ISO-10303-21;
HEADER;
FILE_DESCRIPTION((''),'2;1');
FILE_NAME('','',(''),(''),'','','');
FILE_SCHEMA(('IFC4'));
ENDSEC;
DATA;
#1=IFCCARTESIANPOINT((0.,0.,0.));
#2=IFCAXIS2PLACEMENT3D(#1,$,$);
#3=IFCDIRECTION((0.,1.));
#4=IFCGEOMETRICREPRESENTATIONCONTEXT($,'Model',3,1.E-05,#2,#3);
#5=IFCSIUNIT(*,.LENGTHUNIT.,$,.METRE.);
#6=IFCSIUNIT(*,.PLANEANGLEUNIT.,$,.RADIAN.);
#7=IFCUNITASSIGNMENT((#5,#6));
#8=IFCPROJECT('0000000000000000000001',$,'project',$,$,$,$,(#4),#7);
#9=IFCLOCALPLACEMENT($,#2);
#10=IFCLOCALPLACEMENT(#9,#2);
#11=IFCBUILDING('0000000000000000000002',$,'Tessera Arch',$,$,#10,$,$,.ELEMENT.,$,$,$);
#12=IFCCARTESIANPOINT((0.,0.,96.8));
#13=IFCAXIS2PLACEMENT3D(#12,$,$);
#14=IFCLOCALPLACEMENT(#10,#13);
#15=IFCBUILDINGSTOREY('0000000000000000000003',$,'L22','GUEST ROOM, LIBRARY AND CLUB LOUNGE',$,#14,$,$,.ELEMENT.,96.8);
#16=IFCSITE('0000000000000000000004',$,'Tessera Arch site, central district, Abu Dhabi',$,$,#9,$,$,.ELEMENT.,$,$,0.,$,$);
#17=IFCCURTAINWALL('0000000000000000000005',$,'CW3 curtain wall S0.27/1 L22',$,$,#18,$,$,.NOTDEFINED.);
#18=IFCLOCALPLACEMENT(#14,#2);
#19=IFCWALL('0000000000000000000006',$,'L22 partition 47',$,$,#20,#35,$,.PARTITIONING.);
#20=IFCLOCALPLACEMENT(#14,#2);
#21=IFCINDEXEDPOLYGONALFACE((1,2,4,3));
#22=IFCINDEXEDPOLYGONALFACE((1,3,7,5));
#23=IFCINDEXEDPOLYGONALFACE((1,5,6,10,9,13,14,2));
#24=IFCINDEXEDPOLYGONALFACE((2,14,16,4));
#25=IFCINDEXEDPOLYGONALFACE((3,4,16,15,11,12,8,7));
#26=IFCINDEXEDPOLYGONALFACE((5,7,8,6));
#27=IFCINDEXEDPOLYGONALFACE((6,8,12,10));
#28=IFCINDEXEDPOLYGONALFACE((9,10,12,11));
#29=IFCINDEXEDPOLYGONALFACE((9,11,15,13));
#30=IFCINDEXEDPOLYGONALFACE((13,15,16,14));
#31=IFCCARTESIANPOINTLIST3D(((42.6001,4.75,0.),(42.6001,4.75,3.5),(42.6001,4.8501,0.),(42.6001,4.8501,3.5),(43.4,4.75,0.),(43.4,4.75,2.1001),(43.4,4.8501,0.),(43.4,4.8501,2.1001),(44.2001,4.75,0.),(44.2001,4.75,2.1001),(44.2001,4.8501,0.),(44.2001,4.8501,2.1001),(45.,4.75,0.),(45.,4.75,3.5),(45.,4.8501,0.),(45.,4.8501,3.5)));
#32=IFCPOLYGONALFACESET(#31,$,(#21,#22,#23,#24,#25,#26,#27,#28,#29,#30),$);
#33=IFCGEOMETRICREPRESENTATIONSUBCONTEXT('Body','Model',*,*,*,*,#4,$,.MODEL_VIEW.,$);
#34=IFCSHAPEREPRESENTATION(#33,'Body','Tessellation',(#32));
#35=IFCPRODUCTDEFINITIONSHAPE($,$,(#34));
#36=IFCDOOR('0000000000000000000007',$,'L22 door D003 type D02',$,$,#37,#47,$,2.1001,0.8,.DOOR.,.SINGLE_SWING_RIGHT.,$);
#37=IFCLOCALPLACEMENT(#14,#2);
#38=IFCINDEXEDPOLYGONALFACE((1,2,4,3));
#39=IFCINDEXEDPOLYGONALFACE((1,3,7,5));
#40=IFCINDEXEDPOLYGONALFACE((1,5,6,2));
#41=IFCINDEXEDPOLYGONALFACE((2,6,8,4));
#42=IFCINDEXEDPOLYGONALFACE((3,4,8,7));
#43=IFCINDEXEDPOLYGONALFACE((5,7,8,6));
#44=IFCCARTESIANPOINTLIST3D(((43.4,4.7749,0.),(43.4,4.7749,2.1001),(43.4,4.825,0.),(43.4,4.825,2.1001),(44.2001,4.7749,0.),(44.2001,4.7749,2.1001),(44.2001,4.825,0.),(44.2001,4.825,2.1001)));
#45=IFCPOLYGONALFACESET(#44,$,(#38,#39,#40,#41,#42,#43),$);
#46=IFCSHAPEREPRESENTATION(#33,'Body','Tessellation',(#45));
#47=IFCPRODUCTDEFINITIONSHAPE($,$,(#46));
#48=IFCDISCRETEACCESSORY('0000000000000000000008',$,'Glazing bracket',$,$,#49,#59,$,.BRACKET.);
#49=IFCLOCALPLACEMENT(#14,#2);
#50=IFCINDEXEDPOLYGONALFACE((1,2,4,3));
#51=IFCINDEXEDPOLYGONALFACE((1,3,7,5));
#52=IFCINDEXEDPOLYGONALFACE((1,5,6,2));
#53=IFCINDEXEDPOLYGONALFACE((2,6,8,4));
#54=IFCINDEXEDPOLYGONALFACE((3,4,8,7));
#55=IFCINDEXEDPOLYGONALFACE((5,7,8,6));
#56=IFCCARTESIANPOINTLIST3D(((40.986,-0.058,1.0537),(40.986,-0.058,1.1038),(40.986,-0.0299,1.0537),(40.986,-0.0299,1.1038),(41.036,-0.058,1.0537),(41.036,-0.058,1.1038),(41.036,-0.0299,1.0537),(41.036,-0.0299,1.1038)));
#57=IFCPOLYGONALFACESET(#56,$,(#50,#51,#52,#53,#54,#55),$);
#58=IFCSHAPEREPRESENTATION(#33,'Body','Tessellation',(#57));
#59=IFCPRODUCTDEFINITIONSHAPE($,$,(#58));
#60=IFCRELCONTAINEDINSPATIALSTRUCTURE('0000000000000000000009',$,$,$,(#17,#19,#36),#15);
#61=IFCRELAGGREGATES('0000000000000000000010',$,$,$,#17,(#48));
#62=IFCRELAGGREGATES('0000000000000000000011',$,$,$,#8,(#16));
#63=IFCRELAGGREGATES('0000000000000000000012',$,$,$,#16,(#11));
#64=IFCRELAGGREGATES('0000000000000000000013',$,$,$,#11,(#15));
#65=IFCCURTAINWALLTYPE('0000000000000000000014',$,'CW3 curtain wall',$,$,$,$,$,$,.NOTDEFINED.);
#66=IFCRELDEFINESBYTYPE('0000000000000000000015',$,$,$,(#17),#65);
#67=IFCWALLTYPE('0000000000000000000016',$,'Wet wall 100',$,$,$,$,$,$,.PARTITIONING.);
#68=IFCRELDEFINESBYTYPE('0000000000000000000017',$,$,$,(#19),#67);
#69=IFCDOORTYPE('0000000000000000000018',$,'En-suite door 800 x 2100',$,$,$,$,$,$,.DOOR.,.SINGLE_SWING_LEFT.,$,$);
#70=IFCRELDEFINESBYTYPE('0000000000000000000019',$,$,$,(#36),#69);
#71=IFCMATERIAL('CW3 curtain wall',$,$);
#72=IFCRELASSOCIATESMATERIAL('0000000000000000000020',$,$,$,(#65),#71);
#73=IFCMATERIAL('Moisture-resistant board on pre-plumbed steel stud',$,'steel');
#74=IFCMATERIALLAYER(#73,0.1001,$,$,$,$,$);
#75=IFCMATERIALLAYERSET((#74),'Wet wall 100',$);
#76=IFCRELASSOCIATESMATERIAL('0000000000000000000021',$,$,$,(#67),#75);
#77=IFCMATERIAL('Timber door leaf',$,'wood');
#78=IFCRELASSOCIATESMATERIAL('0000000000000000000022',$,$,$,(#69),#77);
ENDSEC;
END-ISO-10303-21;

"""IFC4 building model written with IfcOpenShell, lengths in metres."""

from ifc_helpers import new_model, si_unit, direction, frame, frame_2d, origin, origin_2d, place, context, subcontext, project, spatial, rectangle, extrude, material, layer, layer_set, type_object, element, fill, aggregate, save


model = new_model("IFC4")

# Units and contexts
model_context = context("Model", 3, precision=1e-05, world=origin(), true_north=direction((0.0, 1.0)))
body_context = subcontext(model_context, "Body", "Model", "MODEL_VIEW")
ifc_project = project(units=[si_unit("LENGTHUNIT", "METRE"), si_unit("PLANEANGLEUNIT", "RADIAN")], contexts=[model_context])

# Site, building, storey
site_placement = place(None, origin())
site = spatial("IfcSite", under=ifc_project, at=site_placement, Name="Tessera Arch site, central district, Abu Dhabi", CompositionType="ELEMENT", RefElevation=0.0)
building_placement = place(site_placement, origin())
building = spatial("IfcBuilding", under=site, at=building_placement, Name="Tessera Arch", CompositionType="ELEMENT")
storey_placement = place(building_placement, frame((0.0, 0.0, 96.8)))
storey = spatial("IfcBuildingStorey", under=building, at=storey_placement, Name="L22", Description="GUEST ROOM, LIBRARY AND CLUB LOUNGE", CompositionType="ELEMENT", Elevation=96.8)

# Curtain wall
ifc_material_1 = material(Name="CW3 curtain wall")
curtain_wall_type_1 = type_object("IfcCurtainWallType", Name="CW3 curtain wall", PredefinedType="NOTDEFINED", material=ifc_material_1)
curtain_wall_1_placement = place(storey_placement, origin())
curtain_wall_1 = element("IfcCurtainWall", 1, at=curtain_wall_1_placement, inside=storey, type_object=curtain_wall_type_1, Name="CW3 curtain wall S0.27/1 L22", PredefinedType="NOTDEFINED")

# Wall, opening, door
ifc_material_2 = material(Name="Moisture-resistant board on pre-plumbed steel stud", Category="steel")
ifc_layer_1 = layer(ifc_material_2, 0.1001)
ifc_layer_set_1 = layer_set([ifc_layer_1], Name="Wet wall 100")
wall_type_1 = type_object("IfcWallType", Name="Wet wall 100", PredefinedType="PARTITIONING", material=ifc_layer_set_1)
wall_1_placement = place(storey_placement, frame((42.6001, 4.8, 0.0), z_axis=(0.0, 0.0, 1.0), x_axis=(1.0, 0.0, 0.0)))
wall_1 = element("IfcWall", 2, at=wall_1_placement, inside=storey, type_object=wall_type_1, Name="L22 partition 47", PredefinedType="PARTITIONING", context=body_context, shape_type="SweptSolid", body=[
    extrude(rectangle(XDim=2.3999, YDim=0.1001, at=frame_2d((1.2, 0.0))), origin(), (0.0, 0.0, 1.0), 3.5),
])
opening_1_placement = place(wall_1_placement, frame((0.8, 0.0, 0.0)))
opening_1 = element("IfcOpeningElement", 3, at=opening_1_placement, cuts=wall_1, PredefinedType="OPENING", context=body_context, shape_type="SweptSolid", body=[
    extrude(rectangle(XDim=0.8, YDim=2.1001, at=frame_2d((0.3999, 1.05))), frame((0.0, 0.0601, 0.0), z_axis=(0.0, -1.0, 0.0), x_axis=(1.0, 0.0, 0.0)), (0.0, 0.0, 1.0), 0.1201),
])
ifc_material_3 = material(Name="Timber door leaf", Category="wood")
door_type_1 = type_object("IfcDoorType", Name="En-suite door 800 x 2100", OperationType="SINGLE_SWING_LEFT", PredefinedType="DOOR", material=ifc_material_3)
door_1_placement = place(opening_1_placement, origin())
door_1 = element("IfcDoor", 4, at=door_1_placement, inside=storey, type_object=door_type_1, Name="L22 door D003 type D02", OperationType="SINGLE_SWING_RIGHT", OverallHeight=2.1001, OverallWidth=0.8, PredefinedType="DOOR", context=body_context, shape_type="SweptSolid", body=[
    extrude(rectangle(XDim=0.8, YDim=2.1001, at=frame_2d((0.3999, 1.05))), frame((0.0, 0.0249, 0.0), z_axis=(0.0, -1.0, 0.0), x_axis=(1.0, 0.0, 0.0)), (0.0, 0.0, 1.0), 0.05),
])
fill(opening_1, door_1)

# Discrete accessory
discrete_accessory_placement = place(storey_placement, frame((41.011, -0.0439, 1.0537), z_axis=(0.0, 0.0, 1.0), x_axis=(1.0, 0.0, 0.0)))
discrete_accessory = element("IfcDiscreteAccessory", 5, at=discrete_accessory_placement, Name="Glazing bracket", PredefinedType="BRACKET", context=body_context, shape_type="SweptSolid", body=[
    extrude(rectangle(XDim=0.05, YDim=0.0281, at=origin_2d()), origin(), (0.0, 0.0, 1.0), 0.05),
])
aggregate(curtain_wall_1, [discrete_accessory])

save(model, "model.ifc")
